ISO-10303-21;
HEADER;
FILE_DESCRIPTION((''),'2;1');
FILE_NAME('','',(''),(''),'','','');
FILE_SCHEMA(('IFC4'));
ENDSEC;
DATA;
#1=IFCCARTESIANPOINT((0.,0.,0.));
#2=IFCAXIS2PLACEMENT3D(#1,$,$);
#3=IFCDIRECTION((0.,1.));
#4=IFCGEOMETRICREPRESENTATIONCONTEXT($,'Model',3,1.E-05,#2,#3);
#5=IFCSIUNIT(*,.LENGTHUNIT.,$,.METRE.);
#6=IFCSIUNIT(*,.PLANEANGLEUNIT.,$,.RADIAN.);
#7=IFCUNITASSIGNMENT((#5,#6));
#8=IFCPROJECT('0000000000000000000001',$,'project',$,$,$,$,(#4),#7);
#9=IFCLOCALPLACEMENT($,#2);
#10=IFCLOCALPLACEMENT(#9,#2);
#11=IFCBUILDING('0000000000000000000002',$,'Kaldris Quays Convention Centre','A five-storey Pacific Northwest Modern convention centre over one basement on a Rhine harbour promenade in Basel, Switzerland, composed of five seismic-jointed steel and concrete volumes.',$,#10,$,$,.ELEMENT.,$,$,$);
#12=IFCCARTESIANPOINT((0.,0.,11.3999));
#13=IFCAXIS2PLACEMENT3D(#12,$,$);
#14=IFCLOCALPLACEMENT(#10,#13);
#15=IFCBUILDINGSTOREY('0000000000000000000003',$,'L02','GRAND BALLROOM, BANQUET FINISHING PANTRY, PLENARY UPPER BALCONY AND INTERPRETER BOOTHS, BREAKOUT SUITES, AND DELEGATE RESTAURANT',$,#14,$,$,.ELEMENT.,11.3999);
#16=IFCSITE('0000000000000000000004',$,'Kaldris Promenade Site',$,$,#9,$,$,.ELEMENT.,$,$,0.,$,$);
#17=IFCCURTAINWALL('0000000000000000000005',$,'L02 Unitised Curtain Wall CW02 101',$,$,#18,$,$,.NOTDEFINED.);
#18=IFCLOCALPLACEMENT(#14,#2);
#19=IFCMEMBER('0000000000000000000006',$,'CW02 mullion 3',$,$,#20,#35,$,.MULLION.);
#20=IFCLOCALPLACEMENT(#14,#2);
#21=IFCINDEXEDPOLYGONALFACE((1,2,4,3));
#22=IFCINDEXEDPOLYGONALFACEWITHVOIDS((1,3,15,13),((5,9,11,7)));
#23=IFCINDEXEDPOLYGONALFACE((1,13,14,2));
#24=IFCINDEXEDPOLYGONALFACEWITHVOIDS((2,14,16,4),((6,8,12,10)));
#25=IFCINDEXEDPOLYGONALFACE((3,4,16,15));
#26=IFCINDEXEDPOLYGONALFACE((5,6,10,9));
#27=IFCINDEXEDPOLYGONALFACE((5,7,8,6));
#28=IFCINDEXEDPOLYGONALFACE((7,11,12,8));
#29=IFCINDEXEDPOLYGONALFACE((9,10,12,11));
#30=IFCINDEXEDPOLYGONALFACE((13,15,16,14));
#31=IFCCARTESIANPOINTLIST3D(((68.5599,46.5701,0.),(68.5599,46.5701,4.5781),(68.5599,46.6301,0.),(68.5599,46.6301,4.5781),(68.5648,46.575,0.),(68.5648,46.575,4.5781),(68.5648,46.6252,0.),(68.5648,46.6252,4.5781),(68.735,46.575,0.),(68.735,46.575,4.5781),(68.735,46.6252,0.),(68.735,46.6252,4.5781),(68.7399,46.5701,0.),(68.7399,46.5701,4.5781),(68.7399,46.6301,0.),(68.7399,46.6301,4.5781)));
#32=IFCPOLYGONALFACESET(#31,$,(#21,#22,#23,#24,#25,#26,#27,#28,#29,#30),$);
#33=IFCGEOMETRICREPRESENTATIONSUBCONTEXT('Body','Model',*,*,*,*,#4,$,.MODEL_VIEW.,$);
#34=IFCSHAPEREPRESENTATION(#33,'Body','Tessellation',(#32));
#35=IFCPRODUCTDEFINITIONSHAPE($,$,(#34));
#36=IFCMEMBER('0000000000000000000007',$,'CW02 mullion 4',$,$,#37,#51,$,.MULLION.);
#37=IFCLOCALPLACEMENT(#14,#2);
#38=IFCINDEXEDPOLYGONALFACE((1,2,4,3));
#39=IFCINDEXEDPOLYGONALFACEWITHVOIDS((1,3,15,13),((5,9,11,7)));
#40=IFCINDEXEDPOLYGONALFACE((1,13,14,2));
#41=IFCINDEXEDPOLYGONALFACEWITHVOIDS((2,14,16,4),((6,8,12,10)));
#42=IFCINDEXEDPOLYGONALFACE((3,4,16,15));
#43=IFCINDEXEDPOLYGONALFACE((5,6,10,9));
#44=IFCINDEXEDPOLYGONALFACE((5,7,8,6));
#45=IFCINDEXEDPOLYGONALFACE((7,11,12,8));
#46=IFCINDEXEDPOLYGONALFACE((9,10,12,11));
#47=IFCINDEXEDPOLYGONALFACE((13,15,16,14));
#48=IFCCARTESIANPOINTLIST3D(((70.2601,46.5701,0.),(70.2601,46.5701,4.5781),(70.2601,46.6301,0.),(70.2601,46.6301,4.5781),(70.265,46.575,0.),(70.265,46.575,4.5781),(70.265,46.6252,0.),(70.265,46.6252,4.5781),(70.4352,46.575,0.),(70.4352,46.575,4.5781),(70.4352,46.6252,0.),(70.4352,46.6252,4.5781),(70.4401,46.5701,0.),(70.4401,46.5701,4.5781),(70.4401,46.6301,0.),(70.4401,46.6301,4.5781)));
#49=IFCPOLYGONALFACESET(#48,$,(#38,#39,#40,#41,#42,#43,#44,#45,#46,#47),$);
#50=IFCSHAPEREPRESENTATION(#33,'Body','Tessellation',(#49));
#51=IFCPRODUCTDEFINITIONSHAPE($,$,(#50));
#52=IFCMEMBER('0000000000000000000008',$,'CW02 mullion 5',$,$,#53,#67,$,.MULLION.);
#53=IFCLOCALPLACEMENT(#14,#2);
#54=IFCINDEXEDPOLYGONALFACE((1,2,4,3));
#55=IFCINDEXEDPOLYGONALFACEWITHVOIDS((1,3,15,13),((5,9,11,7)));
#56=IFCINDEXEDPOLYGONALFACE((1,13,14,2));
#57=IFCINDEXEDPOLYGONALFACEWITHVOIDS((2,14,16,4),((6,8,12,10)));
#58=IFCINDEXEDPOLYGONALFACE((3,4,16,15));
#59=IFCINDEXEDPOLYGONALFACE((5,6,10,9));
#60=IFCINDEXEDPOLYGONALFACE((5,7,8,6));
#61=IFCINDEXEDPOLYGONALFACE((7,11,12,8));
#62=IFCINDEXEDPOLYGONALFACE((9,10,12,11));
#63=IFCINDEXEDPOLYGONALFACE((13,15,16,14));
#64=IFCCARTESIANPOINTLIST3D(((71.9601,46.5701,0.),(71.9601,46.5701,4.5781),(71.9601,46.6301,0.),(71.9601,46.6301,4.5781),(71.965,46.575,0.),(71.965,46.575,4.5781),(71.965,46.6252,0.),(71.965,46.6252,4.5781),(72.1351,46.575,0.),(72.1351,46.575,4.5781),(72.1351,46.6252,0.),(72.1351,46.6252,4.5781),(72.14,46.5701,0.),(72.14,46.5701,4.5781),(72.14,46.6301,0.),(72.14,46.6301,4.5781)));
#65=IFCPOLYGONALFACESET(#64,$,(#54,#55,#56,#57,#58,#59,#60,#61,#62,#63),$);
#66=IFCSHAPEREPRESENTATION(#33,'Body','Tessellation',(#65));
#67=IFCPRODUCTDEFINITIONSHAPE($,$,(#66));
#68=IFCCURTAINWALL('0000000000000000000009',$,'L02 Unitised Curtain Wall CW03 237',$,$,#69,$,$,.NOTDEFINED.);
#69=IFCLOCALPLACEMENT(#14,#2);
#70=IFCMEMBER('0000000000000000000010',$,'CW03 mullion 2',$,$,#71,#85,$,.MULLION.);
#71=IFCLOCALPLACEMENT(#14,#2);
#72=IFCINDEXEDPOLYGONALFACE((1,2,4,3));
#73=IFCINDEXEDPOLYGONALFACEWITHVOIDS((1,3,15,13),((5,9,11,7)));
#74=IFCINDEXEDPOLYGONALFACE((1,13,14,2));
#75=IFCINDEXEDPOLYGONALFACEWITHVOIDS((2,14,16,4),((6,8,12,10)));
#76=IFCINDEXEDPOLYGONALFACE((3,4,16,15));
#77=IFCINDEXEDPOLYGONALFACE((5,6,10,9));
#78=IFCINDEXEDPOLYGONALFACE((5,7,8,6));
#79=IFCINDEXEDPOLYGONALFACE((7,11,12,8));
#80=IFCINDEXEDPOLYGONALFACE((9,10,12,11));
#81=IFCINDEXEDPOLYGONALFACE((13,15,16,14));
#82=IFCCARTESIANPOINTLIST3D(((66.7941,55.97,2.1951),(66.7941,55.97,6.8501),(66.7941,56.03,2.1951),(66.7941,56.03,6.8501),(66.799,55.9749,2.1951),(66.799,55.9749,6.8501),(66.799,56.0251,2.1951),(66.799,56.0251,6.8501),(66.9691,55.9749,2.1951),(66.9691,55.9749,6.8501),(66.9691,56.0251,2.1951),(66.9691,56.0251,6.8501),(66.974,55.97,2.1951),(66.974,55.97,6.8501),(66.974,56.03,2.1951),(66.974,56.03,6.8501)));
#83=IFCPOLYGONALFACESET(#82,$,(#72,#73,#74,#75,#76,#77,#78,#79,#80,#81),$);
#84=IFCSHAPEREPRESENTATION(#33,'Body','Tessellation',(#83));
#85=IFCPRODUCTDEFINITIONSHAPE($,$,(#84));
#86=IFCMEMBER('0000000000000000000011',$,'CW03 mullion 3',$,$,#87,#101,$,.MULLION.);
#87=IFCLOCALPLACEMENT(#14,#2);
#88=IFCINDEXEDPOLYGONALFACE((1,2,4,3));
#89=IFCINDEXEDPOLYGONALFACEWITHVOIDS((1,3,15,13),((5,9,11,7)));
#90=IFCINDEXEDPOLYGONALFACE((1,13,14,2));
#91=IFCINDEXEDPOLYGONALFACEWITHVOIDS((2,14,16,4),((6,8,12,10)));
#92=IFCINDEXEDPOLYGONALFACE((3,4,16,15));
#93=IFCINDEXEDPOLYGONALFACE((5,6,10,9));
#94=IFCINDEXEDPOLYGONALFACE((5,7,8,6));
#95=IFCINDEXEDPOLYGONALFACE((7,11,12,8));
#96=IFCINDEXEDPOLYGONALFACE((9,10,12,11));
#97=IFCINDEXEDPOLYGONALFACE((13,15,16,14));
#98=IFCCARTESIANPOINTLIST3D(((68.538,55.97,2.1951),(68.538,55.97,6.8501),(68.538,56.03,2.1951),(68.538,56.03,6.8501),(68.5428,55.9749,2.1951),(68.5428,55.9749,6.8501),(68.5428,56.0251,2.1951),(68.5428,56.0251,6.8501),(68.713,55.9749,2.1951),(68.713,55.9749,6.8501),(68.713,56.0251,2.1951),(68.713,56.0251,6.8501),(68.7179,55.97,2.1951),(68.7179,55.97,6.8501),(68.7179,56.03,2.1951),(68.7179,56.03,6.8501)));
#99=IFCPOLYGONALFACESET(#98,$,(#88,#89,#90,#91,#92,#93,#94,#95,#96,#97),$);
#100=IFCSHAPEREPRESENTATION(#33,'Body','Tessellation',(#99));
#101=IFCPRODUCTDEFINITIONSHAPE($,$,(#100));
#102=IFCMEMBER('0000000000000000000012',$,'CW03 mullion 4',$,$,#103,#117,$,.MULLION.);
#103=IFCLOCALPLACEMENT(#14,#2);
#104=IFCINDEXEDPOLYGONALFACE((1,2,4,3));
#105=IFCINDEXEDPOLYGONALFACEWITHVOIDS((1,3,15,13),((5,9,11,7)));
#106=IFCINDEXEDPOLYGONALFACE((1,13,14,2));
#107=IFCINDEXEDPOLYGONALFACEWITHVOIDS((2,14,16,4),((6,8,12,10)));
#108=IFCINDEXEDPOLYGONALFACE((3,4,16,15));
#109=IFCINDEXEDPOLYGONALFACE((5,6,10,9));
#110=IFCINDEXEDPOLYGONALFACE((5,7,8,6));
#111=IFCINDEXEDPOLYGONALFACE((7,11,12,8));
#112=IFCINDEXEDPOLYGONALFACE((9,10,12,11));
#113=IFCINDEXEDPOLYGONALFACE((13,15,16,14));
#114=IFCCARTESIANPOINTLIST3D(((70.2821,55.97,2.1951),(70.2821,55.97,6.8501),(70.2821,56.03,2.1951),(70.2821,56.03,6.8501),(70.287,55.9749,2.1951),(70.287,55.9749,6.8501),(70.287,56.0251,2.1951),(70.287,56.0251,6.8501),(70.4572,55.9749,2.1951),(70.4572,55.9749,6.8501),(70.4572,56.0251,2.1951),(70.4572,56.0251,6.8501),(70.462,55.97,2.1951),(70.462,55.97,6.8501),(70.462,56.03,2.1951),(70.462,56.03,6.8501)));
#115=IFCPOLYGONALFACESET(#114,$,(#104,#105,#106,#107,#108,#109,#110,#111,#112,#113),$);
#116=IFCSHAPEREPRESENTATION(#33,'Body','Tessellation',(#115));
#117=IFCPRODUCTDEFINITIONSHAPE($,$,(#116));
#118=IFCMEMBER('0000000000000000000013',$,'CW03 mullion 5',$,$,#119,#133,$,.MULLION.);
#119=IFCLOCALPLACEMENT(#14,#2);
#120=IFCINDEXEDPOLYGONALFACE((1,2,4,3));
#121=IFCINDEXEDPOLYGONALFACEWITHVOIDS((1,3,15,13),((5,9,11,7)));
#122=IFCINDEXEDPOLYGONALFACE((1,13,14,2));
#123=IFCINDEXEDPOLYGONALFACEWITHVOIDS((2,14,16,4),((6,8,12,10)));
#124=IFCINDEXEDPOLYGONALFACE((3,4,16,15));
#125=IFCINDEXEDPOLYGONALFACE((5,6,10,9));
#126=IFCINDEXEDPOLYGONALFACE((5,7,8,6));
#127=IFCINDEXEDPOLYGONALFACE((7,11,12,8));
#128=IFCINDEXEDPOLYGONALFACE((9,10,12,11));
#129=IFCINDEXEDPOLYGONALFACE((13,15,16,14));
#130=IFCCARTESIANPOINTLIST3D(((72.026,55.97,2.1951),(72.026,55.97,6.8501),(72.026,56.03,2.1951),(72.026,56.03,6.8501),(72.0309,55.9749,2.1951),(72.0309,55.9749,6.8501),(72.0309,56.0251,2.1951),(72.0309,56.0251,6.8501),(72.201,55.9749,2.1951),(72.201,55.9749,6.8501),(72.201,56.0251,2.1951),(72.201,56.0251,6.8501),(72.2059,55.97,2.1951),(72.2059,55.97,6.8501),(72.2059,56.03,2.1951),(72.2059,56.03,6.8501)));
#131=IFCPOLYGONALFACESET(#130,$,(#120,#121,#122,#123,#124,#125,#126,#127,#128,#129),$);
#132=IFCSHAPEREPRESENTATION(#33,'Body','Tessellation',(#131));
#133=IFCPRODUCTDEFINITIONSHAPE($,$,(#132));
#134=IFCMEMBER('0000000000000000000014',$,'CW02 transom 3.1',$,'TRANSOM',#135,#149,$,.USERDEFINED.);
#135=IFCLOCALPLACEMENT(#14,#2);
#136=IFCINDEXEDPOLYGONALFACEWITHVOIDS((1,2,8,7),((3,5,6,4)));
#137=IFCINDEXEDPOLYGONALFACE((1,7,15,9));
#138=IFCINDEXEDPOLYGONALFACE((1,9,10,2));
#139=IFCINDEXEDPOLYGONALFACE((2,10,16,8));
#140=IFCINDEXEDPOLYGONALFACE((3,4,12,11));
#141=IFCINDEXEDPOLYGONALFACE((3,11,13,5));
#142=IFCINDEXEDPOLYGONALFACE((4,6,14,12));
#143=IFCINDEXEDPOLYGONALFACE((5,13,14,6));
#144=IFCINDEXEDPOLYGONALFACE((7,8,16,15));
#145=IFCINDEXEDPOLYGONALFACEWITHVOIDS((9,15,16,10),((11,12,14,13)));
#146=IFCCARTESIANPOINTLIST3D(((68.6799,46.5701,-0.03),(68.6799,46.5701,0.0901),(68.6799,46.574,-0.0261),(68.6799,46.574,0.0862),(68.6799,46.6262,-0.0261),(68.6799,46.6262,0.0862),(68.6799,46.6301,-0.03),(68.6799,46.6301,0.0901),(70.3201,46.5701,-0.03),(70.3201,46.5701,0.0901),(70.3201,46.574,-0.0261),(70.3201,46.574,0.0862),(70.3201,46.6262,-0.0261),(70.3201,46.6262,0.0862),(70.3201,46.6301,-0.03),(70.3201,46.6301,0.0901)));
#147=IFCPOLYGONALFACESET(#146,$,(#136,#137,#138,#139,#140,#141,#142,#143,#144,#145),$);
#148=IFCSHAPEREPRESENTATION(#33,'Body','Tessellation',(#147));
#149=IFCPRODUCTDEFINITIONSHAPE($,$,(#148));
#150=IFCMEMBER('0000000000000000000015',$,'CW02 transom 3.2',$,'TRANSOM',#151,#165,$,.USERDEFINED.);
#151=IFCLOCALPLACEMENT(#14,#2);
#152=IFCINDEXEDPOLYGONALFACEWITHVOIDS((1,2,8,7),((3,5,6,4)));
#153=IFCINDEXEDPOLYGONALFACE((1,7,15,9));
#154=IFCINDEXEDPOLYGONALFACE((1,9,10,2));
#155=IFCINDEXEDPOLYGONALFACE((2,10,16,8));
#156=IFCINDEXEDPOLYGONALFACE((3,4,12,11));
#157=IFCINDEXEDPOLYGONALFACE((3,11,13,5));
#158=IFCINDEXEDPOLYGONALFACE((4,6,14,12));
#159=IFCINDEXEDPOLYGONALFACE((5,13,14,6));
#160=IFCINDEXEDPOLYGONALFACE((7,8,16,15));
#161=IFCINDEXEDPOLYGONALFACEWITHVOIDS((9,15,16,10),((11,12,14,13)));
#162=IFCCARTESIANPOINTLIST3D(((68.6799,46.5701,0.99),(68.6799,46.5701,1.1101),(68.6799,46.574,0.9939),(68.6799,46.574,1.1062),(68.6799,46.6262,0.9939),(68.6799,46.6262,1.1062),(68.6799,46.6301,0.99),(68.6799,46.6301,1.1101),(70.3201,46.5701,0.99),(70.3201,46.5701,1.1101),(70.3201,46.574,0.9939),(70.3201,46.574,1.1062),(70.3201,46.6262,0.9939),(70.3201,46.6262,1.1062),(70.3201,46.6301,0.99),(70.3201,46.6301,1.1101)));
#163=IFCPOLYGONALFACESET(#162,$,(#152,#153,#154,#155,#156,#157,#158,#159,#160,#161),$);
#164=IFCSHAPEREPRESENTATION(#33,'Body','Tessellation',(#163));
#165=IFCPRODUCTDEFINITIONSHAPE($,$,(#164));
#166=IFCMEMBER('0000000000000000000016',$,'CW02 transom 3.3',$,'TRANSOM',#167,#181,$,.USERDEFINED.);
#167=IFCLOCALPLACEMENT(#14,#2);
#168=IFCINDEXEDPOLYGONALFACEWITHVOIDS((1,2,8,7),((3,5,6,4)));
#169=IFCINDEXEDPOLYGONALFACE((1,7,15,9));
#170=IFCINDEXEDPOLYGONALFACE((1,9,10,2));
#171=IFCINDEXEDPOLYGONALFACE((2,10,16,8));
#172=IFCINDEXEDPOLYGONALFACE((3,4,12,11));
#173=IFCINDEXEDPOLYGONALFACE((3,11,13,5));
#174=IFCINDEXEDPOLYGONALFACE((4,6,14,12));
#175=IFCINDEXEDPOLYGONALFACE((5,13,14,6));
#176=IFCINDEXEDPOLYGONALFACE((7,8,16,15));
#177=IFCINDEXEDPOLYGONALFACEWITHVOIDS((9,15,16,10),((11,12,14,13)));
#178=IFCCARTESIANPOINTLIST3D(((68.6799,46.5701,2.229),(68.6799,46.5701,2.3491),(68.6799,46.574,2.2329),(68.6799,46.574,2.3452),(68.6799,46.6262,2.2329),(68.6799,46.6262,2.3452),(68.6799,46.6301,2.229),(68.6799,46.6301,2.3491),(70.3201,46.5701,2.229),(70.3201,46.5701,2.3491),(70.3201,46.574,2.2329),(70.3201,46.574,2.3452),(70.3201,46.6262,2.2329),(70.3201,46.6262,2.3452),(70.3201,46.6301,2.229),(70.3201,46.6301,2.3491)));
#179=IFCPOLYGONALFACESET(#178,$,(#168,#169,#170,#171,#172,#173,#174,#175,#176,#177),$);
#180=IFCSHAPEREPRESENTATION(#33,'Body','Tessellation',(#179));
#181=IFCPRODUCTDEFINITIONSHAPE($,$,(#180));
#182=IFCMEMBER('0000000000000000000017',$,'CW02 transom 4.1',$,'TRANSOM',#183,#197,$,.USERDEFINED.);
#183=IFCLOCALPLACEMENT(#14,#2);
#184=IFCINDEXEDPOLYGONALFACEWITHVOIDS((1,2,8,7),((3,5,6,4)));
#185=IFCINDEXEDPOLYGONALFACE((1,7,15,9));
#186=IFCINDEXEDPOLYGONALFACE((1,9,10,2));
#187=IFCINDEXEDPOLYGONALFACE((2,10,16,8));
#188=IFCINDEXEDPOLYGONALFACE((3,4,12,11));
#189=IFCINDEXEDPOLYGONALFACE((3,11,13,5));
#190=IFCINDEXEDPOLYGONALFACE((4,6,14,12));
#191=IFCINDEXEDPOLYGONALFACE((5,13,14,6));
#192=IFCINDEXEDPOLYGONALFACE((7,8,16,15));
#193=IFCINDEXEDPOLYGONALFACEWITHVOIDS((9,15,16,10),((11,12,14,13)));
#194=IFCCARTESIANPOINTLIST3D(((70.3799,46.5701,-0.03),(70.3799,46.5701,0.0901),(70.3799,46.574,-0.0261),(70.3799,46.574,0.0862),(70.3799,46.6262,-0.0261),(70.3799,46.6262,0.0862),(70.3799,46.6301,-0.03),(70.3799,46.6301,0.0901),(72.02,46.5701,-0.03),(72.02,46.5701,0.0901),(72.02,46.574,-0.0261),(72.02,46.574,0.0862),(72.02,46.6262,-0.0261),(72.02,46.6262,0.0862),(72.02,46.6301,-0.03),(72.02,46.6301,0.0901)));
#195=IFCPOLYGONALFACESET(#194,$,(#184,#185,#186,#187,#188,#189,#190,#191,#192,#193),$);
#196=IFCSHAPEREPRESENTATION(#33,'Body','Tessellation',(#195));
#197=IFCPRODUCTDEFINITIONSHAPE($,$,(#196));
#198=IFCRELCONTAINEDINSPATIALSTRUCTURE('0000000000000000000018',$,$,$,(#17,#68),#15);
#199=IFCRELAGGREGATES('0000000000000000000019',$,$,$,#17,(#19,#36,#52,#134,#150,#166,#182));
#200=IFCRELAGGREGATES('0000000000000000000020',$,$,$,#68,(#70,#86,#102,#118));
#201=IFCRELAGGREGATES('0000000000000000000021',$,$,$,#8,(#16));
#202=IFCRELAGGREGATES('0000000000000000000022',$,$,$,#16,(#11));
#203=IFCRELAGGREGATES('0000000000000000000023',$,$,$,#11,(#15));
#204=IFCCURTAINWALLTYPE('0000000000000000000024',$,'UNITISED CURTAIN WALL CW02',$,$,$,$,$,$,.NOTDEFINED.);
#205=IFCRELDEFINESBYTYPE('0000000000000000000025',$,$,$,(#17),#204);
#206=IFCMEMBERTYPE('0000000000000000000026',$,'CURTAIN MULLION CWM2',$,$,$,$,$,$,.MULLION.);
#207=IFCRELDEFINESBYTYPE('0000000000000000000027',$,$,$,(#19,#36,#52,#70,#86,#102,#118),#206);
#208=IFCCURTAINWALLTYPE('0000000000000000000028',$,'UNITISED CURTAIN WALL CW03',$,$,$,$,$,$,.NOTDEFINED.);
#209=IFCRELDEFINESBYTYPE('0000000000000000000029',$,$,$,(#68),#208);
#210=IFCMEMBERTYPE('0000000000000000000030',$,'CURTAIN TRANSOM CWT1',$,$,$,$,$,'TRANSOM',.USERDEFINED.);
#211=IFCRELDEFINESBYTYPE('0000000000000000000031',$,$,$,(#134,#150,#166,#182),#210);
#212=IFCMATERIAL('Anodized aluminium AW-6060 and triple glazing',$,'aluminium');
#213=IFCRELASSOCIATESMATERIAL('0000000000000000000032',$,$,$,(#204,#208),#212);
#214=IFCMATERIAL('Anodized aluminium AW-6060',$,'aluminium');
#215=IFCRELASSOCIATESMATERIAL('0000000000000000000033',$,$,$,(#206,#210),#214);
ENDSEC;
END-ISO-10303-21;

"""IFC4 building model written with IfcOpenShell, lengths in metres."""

from ifc_helpers import new_model, si_unit, direction, frame, origin, origin_2d, place, context, subcontext, project, spatial, hollow_rectangle, extrude, material, material_profile, profile_set, type_object, element, aggregate, save


model = new_model("IFC4")

# Units and contexts
model_context = context("Model", 3, precision=1e-05, world=origin(), true_north=direction((0.0, 1.0)))
body_context = subcontext(model_context, "Body", "Model", "MODEL_VIEW")
ifc_project = project(units=[si_unit("LENGTHUNIT", "METRE"), si_unit("PLANEANGLEUNIT", "RADIAN")], contexts=[model_context])

# Site, building, storey
site_placement = place(None, origin())
site = spatial("IfcSite", under=ifc_project, at=site_placement, Name="Kaldris Promenade Site", CompositionType="ELEMENT", RefElevation=0.0)
building_placement = place(site_placement, origin())
building = spatial("IfcBuilding", under=site, at=building_placement, Name="Kaldris Quays Convention Centre", Description="A five-storey Pacific Northwest Modern convention centre over one basement on a Rhine harbour promenade in Basel, Switzerland, composed of five seismic-jointed steel and concrete volumes.", CompositionType="ELEMENT")
storey_placement = place(building_placement, frame((0.0, 0.0, 11.3999)))
storey = spatial("IfcBuildingStorey", under=building, at=storey_placement, Name="L02", Description="GRAND BALLROOM, BANQUET FINISHING PANTRY, PLENARY UPPER BALCONY AND INTERPRETER BOOTHS, BREAKOUT SUITES, AND DELEGATE RESTAURANT", CompositionType="ELEMENT", Elevation=11.3999)

# Curtain walls, members
ifc_material_1 = material(Name="Anodized aluminium AW-6060 and triple glazing", Category="aluminium")
curtain_wall_type_1 = type_object("IfcCurtainWallType", Name="UNITISED CURTAIN WALL CW02", PredefinedType="NOTDEFINED", material=ifc_material_1)
curtain_wall_1_placement = place(storey_placement, origin())
curtain_wall_1 = element("IfcCurtainWall", 1, at=curtain_wall_1_placement, inside=storey, type_object=curtain_wall_type_1, Name="L02 Unitised Curtain Wall CW02 101", PredefinedType="NOTDEFINED")
ifc_material_2 = material(Name="Anodized aluminium AW-6060", Category="aluminium")
ifc_material_profile_1 = material_profile(ifc_material_2, hollow_rectangle(XDim=0.0601, YDim=0.1799, WallThickness=0.0049, at=origin_2d()), Name="RHS 180x60x5")
ifc_profile_set_1 = profile_set([ifc_material_profile_1], Name="Anodized aluminium AW-6060")
member_type_1 = type_object("IfcMemberType", Name="CURTAIN MULLION CWM2", PredefinedType="MULLION", material=ifc_profile_set_1)
member_1_placement = place(storey_placement, frame((68.6499, 46.6001, 0.0), z_axis=(0.0, 0.0, 1.0), x_axis=(0.0, 1.0, 0.0)))
member_1 = element("IfcMember", 2, at=member_1_placement, type_object=member_type_1, Name="CW02 mullion 3", PredefinedType="MULLION", context=body_context, shape_type="SweptSolid", body=[
    extrude(hollow_rectangle(XDim=0.0601, YDim=0.1799, WallThickness=0.0049, at=origin_2d()), origin(), (0.0, 0.0, 1.0), 4.5781),
])
member_2_placement = place(storey_placement, frame((70.3501, 46.6001, 0.0), z_axis=(0.0, 0.0, 1.0), x_axis=(0.0, 1.0, 0.0)))
member_2 = element("IfcMember", 3, at=member_2_placement, type_object=member_type_1, Name="CW02 mullion 4", PredefinedType="MULLION", context=body_context, shape_type="SweptSolid", body=[
    extrude(hollow_rectangle(XDim=0.0601, YDim=0.1799, WallThickness=0.0049, at=origin_2d()), origin(), (0.0, 0.0, 1.0), 4.5781),
])
member_3_placement = place(storey_placement, frame((72.05, 46.6001, 0.0), z_axis=(0.0, 0.0, 1.0), x_axis=(0.0, 1.0, 0.0)))
member_3 = element("IfcMember", 4, at=member_3_placement, type_object=member_type_1, Name="CW02 mullion 5", PredefinedType="MULLION", context=body_context, shape_type="SweptSolid", body=[
    extrude(hollow_rectangle(XDim=0.0601, YDim=0.1799, WallThickness=0.0049, at=origin_2d()), origin(), (0.0, 0.0, 1.0), 4.5781),
])
curtain_wall_type_2 = type_object("IfcCurtainWallType", Name="UNITISED CURTAIN WALL CW03", PredefinedType="NOTDEFINED", material=ifc_material_1)
curtain_wall_2_placement = place(storey_placement, origin())
curtain_wall_2 = element("IfcCurtainWall", 5, at=curtain_wall_2_placement, inside=storey, type_object=curtain_wall_type_2, Name="L02 Unitised Curtain Wall CW03 237", PredefinedType="NOTDEFINED")
member_4_placement = place(storey_placement, frame((66.884, 56.0, 2.1951), z_axis=(0.0, 0.0, 1.0), x_axis=(0.0, 1.0, 0.0)))
member_4 = element("IfcMember", 6, at=member_4_placement, type_object=member_type_1, Name="CW03 mullion 2", PredefinedType="MULLION", context=body_context, shape_type="SweptSolid", body=[
    extrude(hollow_rectangle(XDim=0.0601, YDim=0.1799, WallThickness=0.0049, at=origin_2d()), origin(), (0.0, 0.0, 1.0), 4.655),
])
member_5_placement = place(storey_placement, frame((68.6279, 56.0, 2.1951), z_axis=(0.0, 0.0, 1.0), x_axis=(0.0, 1.0, 0.0)))
member_5 = element("IfcMember", 7, at=member_5_placement, type_object=member_type_1, Name="CW03 mullion 3", PredefinedType="MULLION", context=body_context, shape_type="SweptSolid", body=[
    extrude(hollow_rectangle(XDim=0.0601, YDim=0.1799, WallThickness=0.0049, at=origin_2d()), origin(), (0.0, 0.0, 1.0), 4.655),
])
member_6_placement = place(storey_placement, frame((70.3721, 56.0, 2.1951), z_axis=(0.0, 0.0, 1.0), x_axis=(0.0, 1.0, 0.0)))
member_6 = element("IfcMember", 8, at=member_6_placement, type_object=member_type_1, Name="CW03 mullion 4", PredefinedType="MULLION", context=body_context, shape_type="SweptSolid", body=[
    extrude(hollow_rectangle(XDim=0.0601, YDim=0.1799, WallThickness=0.0049, at=origin_2d()), origin(), (0.0, 0.0, 1.0), 4.655),
])
member_7_placement = place(storey_placement, frame((72.116, 56.0, 2.1951), z_axis=(0.0, 0.0, 1.0), x_axis=(0.0, 1.0, 0.0)))
member_7 = element("IfcMember", 9, at=member_7_placement, type_object=member_type_1, Name="CW03 mullion 5", PredefinedType="MULLION", context=body_context, shape_type="SweptSolid", body=[
    extrude(hollow_rectangle(XDim=0.0601, YDim=0.1799, WallThickness=0.0049, at=origin_2d()), origin(), (0.0, 0.0, 1.0), 4.655),
])

# Members
ifc_material_profile_2 = material_profile(ifc_material_2, hollow_rectangle(XDim=0.0601, YDim=0.1201, WallThickness=0.0039, at=origin_2d()), Name="RHS 120x60x4")
ifc_profile_set_2 = profile_set([ifc_material_profile_2], Name="Anodized aluminium AW-6060")
member_type_2 = type_object("IfcMemberType", Name="CURTAIN TRANSOM CWT1", ElementType="TRANSOM", PredefinedType="USERDEFINED", material=ifc_profile_set_2)
member_8_placement = place(storey_placement, frame((68.6799, 46.6001, 0.03), z_axis=(1.0, 0.0, 0.0), x_axis=(0.0, 1.0, 0.0)))
member_8 = element("IfcMember", 10, at=member_8_placement, type_object=member_type_2, Name="CW02 transom 3.1", ObjectType="TRANSOM", PredefinedType="USERDEFINED", context=body_context, shape_type="SweptSolid", body=[
    extrude(hollow_rectangle(XDim=0.0601, YDim=0.1201, WallThickness=0.0039, at=origin_2d()), origin(), (0.0, 0.0, 1.0), 1.6401),
])
member_9_placement = place(storey_placement, frame((68.6799, 46.6001, 1.05), z_axis=(1.0, 0.0, 0.0), x_axis=(0.0, 1.0, 0.0)))
member_9 = element("IfcMember", 11, at=member_9_placement, type_object=member_type_2, Name="CW02 transom 3.2", ObjectType="TRANSOM", PredefinedType="USERDEFINED", context=body_context, shape_type="SweptSolid", body=[
    extrude(hollow_rectangle(XDim=0.0601, YDim=0.1201, WallThickness=0.0039, at=origin_2d()), origin(), (0.0, 0.0, 1.0), 1.6401),
])
member_10_placement = place(storey_placement, frame((68.6799, 46.6001, 2.2891), z_axis=(1.0, 0.0, 0.0), x_axis=(0.0, 1.0, 0.0)))
member_10 = element("IfcMember", 12, at=member_10_placement, type_object=member_type_2, Name="CW02 transom 3.3", ObjectType="TRANSOM", PredefinedType="USERDEFINED", context=body_context, shape_type="SweptSolid", body=[
    extrude(hollow_rectangle(XDim=0.0601, YDim=0.1201, WallThickness=0.0039, at=origin_2d()), origin(), (0.0, 0.0, 1.0), 1.6401),
])
member_11_placement = place(storey_placement, frame((70.3799, 46.6001, 0.03), z_axis=(1.0, 0.0, 0.0), x_axis=(0.0, 1.0, 0.0)))
member_11 = element("IfcMember", 13, at=member_11_placement, type_object=member_type_2, Name="CW02 transom 4.1", ObjectType="TRANSOM", PredefinedType="USERDEFINED", context=body_context, shape_type="SweptSolid", body=[
    extrude(hollow_rectangle(XDim=0.0601, YDim=0.1201, WallThickness=0.0039, at=origin_2d()), origin(), (0.0, 0.0, 1.0), 1.6401),
])

aggregate(curtain_wall_1, [member_1, member_2, member_3, member_8, member_9, member_10, member_11])
aggregate(curtain_wall_2, [member_4, member_5, member_6, member_7])

save(model, "model.ifc")
